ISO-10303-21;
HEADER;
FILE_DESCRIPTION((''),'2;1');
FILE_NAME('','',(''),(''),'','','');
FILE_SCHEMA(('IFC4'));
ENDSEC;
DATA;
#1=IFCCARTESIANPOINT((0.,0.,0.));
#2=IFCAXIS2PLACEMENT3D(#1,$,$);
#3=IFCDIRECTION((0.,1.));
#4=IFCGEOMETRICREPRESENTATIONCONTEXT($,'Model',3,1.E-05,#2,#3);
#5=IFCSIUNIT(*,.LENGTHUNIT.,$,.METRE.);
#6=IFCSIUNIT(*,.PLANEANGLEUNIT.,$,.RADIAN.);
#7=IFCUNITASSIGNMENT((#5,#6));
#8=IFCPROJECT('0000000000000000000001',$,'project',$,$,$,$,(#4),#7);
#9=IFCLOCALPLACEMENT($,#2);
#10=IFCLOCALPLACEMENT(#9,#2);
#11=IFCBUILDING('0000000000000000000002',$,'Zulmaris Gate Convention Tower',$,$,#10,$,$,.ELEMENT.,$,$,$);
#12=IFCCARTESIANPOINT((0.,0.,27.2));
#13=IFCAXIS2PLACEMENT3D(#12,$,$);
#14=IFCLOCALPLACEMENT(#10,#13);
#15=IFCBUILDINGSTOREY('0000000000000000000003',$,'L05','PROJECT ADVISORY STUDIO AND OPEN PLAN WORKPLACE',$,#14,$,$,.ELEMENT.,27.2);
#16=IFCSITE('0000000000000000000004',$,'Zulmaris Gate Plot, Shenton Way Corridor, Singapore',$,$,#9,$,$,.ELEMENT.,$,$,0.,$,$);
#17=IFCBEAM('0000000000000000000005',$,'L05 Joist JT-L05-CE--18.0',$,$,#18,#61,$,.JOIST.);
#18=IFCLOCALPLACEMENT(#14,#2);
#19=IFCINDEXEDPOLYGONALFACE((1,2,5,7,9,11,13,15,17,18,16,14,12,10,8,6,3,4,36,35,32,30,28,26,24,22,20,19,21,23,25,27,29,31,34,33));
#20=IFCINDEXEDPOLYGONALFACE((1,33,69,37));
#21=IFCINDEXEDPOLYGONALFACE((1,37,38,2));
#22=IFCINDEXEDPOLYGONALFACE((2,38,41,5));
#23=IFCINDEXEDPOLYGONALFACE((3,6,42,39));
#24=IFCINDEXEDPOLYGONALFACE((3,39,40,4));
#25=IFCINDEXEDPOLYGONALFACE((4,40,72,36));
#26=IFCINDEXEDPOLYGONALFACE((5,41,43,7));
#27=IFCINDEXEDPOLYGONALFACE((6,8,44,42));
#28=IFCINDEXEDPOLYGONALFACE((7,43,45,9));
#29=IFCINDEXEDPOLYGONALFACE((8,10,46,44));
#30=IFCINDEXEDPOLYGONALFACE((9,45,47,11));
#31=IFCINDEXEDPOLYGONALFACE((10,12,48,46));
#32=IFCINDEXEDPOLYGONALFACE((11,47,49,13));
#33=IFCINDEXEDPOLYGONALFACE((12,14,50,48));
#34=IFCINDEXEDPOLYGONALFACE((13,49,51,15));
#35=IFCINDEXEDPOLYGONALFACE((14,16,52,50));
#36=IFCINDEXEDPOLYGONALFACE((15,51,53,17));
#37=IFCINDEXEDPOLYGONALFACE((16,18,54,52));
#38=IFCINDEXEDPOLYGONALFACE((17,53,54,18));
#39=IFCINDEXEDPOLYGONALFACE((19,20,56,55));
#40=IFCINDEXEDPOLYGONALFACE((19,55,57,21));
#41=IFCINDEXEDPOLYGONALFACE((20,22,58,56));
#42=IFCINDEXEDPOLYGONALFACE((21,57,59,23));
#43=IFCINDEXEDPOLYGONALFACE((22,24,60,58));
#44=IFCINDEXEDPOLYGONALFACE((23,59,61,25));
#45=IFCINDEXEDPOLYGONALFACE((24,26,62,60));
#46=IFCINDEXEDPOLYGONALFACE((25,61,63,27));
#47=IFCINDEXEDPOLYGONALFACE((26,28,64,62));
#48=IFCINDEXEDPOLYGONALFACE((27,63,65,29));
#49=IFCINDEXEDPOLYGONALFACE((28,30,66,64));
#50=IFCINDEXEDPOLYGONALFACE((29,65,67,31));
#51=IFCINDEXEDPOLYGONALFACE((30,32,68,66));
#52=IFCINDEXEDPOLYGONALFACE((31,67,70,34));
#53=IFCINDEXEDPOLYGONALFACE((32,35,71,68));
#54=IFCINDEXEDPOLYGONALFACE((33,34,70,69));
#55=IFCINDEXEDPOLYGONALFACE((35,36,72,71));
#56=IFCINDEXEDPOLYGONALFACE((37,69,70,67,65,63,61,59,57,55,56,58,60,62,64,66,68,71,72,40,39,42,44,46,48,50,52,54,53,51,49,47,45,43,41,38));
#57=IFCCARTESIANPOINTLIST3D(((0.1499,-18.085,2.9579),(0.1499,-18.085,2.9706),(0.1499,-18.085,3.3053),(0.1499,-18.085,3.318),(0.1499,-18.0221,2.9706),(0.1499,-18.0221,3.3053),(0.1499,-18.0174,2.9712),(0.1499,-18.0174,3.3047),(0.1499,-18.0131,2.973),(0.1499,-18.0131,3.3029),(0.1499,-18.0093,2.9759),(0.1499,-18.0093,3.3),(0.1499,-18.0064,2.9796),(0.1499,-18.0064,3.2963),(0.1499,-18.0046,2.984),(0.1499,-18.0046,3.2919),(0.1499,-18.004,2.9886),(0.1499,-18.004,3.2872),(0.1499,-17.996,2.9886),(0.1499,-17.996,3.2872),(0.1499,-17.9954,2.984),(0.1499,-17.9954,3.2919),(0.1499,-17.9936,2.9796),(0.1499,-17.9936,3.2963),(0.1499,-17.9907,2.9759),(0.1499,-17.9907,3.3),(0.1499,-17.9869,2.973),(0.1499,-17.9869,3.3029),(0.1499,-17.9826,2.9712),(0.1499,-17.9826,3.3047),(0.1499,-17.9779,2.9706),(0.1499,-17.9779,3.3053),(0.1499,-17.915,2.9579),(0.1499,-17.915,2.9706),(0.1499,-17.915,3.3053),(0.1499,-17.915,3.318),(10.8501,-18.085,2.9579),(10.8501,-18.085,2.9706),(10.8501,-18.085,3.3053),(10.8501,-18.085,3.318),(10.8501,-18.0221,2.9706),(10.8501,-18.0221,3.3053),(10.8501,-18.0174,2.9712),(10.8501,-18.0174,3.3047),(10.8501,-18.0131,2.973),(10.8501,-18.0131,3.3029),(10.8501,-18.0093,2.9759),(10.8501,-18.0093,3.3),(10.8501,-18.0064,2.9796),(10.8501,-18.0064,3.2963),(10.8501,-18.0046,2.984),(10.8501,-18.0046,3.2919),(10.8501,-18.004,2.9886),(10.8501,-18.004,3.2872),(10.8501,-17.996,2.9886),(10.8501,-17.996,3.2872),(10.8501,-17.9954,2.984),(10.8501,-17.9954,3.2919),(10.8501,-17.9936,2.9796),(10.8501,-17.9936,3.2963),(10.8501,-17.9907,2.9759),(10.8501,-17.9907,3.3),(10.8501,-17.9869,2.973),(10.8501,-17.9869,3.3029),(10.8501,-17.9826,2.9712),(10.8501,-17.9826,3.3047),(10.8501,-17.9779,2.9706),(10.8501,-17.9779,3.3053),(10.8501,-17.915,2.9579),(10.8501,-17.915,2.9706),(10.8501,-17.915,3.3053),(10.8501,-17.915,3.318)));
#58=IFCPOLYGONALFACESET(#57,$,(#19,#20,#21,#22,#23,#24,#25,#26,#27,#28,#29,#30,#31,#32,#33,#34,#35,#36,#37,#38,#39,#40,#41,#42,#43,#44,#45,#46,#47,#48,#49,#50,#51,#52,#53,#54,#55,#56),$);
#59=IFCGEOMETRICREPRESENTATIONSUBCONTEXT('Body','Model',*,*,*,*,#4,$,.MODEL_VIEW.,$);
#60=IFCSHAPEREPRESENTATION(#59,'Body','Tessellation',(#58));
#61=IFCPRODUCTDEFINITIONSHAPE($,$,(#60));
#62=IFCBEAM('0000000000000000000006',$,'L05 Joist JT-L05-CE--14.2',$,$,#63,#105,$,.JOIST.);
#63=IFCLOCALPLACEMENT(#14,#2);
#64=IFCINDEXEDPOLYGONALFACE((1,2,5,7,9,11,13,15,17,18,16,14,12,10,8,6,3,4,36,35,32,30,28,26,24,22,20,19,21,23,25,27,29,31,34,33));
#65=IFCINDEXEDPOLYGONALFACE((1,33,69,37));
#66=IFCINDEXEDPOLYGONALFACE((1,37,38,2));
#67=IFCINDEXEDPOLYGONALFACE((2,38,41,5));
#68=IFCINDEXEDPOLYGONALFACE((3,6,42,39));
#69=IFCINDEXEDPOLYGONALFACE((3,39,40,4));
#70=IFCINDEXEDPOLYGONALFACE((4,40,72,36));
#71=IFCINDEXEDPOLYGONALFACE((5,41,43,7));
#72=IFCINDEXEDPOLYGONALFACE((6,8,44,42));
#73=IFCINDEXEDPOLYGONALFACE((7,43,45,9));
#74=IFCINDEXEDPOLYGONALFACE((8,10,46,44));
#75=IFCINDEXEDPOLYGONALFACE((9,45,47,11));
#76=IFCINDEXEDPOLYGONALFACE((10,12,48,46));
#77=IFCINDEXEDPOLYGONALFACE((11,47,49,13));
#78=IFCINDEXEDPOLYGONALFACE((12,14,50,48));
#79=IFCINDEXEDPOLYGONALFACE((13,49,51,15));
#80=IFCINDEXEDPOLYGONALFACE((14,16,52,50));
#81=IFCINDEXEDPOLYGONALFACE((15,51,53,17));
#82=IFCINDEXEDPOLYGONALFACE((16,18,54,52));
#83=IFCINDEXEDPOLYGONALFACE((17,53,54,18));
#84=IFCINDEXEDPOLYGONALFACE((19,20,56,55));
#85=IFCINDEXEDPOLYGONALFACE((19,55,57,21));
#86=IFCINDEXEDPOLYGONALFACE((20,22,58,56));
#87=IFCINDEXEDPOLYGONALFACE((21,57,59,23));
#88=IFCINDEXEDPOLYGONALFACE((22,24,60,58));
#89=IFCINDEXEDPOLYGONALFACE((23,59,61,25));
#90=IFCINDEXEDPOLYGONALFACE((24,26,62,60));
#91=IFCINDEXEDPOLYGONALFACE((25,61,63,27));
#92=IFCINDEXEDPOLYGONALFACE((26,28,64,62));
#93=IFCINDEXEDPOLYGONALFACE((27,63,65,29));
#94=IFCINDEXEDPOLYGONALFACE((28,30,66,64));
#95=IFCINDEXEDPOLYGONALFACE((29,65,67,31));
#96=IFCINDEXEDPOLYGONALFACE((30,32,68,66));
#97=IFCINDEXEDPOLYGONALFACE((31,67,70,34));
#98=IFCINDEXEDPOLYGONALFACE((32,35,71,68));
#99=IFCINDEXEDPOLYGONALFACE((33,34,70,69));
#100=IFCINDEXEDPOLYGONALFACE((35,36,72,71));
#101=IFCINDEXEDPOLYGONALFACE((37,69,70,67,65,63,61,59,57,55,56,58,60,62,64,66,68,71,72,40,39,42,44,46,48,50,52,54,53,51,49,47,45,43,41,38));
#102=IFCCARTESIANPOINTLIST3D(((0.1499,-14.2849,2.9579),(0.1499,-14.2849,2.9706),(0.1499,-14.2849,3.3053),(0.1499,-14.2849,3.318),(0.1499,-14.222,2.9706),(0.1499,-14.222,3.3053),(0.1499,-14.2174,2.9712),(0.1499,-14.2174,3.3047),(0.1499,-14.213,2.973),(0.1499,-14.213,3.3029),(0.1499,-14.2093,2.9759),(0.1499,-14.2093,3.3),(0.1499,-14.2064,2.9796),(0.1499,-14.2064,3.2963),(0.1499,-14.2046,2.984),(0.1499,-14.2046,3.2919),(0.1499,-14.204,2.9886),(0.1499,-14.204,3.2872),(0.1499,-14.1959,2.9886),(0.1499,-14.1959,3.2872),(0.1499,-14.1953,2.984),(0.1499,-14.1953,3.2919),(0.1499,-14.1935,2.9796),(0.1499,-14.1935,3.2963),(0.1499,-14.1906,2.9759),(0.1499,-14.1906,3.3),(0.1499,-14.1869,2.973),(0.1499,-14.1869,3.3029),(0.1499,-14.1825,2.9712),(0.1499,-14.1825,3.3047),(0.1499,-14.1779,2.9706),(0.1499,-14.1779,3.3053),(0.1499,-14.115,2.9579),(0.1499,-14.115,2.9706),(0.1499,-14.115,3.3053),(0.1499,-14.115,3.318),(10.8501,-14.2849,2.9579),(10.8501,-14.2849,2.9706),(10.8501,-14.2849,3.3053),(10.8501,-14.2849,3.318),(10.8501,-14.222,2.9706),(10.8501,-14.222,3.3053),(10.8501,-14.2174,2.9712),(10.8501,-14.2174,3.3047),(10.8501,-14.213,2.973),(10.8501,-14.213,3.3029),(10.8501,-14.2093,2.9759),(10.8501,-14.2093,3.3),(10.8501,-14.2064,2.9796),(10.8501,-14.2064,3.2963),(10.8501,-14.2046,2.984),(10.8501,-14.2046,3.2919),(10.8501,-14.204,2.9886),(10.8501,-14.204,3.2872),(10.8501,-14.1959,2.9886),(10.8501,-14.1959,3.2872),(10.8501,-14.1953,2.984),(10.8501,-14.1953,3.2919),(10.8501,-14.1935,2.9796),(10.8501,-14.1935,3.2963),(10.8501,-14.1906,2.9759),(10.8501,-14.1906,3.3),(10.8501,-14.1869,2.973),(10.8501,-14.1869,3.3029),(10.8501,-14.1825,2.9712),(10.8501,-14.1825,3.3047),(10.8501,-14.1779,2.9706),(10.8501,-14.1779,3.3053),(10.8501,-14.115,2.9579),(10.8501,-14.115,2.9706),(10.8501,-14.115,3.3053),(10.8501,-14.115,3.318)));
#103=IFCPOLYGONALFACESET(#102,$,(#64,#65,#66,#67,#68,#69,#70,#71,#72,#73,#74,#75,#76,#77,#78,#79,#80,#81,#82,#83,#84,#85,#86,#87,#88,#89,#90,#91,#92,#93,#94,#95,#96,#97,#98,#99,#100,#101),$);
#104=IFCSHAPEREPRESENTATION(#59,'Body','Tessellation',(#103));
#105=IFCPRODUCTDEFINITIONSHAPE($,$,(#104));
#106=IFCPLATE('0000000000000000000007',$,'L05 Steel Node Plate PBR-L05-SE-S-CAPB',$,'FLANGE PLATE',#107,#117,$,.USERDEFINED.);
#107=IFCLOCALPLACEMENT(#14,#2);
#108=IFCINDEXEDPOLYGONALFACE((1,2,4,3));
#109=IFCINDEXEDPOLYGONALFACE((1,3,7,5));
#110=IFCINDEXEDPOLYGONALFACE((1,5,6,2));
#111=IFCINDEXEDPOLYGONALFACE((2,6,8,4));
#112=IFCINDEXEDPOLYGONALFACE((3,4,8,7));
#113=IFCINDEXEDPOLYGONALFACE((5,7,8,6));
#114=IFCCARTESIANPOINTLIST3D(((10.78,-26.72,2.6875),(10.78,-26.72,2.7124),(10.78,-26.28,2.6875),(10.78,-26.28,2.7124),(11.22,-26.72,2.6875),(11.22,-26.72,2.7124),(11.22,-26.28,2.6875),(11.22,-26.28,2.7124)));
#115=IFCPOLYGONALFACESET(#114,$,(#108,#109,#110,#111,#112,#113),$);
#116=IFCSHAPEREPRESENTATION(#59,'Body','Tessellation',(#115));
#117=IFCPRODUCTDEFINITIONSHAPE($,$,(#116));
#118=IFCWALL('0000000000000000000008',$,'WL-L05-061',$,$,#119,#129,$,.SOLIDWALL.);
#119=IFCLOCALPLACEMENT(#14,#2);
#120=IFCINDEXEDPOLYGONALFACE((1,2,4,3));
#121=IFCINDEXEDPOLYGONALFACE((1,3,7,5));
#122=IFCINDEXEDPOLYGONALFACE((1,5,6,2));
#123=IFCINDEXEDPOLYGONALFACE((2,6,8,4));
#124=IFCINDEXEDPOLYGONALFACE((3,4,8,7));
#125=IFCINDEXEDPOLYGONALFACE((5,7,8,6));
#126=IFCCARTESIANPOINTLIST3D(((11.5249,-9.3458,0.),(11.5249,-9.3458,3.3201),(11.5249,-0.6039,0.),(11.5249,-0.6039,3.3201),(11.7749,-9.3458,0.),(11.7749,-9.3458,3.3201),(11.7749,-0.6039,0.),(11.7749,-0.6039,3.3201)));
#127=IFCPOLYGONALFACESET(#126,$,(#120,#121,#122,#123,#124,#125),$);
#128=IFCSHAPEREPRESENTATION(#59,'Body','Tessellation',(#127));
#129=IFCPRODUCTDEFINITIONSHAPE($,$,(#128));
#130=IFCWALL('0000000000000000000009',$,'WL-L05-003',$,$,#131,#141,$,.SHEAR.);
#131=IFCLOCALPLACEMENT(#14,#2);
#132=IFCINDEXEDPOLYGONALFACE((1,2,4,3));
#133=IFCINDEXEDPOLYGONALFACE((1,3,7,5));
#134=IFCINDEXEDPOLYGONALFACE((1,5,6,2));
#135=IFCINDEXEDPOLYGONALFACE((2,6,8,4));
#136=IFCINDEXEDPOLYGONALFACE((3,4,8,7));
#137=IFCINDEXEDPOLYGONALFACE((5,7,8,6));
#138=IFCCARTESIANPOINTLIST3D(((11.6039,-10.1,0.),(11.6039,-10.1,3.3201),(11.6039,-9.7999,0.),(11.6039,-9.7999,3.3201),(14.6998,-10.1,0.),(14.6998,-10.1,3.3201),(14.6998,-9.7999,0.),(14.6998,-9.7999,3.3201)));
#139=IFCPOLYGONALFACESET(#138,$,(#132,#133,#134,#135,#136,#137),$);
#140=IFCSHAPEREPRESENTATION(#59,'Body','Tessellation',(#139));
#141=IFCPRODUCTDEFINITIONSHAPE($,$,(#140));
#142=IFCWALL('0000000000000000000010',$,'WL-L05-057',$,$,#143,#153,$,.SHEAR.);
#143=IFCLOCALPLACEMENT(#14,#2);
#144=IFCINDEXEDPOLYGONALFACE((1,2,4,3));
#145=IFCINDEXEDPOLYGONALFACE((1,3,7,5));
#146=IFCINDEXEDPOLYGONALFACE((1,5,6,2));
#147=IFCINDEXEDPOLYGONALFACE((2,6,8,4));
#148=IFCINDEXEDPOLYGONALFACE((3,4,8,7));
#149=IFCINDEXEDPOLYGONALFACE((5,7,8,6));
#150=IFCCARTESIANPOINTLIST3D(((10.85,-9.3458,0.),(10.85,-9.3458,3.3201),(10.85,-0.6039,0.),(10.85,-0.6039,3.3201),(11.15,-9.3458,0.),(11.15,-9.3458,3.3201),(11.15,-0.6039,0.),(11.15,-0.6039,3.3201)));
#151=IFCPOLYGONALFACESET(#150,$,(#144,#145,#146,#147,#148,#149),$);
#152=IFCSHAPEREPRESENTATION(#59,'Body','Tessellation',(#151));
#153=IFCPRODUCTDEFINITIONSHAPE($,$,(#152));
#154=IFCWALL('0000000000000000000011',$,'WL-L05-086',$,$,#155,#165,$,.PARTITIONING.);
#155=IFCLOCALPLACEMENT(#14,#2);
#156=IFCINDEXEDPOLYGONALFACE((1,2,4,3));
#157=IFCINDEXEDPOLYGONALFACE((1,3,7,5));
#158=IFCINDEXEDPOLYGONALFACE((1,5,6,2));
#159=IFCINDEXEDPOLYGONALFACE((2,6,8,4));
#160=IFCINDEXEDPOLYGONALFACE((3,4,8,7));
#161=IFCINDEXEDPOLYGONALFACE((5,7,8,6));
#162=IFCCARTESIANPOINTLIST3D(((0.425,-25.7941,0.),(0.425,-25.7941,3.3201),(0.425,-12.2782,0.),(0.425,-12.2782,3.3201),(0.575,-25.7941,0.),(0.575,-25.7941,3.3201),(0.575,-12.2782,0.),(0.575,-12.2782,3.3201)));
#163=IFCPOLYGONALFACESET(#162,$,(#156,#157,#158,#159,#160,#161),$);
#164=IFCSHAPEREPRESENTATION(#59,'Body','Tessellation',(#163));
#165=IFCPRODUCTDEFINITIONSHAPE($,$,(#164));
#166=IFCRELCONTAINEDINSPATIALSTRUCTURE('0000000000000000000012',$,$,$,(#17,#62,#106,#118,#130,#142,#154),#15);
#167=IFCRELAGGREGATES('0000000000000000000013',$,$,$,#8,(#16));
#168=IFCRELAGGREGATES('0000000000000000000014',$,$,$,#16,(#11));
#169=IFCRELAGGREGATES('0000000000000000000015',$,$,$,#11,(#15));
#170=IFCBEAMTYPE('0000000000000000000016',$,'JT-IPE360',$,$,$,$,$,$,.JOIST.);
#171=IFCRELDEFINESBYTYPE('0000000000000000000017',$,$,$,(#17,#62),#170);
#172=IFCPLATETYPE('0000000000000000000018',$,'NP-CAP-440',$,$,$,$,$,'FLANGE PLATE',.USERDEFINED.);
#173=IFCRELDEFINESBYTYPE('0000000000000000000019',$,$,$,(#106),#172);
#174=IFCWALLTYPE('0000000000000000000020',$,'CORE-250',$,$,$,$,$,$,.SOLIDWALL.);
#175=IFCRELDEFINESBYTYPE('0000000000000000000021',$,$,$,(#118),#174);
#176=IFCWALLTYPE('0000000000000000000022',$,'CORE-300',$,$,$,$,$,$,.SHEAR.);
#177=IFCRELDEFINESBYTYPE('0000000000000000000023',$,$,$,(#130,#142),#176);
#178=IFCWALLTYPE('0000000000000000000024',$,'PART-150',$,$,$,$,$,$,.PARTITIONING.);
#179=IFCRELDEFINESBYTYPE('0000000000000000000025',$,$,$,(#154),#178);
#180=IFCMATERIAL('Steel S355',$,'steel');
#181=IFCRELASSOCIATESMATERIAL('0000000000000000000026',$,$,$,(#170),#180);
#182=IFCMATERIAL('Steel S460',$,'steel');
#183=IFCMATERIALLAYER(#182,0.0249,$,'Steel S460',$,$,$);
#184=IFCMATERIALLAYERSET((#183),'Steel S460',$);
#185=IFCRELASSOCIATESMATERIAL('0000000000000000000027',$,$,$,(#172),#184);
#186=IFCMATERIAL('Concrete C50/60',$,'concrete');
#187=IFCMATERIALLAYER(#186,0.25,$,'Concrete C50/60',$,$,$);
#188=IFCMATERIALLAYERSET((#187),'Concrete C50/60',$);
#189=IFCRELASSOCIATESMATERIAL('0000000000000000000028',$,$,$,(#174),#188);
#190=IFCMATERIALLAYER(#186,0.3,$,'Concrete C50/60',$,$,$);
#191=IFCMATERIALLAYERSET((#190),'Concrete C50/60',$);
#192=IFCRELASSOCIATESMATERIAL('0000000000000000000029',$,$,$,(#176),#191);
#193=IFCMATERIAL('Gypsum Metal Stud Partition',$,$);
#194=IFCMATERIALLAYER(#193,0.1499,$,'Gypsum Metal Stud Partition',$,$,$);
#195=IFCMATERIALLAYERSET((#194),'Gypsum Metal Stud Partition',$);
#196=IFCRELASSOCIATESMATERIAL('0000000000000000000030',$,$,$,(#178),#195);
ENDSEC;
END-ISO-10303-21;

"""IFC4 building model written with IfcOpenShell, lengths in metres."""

from ifc_helpers import new_model, si_unit, direction, frame, frame_2d, origin, origin_2d, place, context, subcontext, project, spatial, rectangle, i_section, extrude, material, layer, layer_set, material_profile, profile_set, type_object, element, save


model = new_model("IFC4")

# Units and contexts
model_context = context("Model", 3, precision=1e-05, world=origin(), true_north=direction((0.0, 1.0)))
body_context = subcontext(model_context, "Body", "Model", "MODEL_VIEW")
ifc_project = project(units=[si_unit("LENGTHUNIT", "METRE"), si_unit("PLANEANGLEUNIT", "RADIAN")], contexts=[model_context])

# Site, building, storey
site_placement = place(None, origin())
site = spatial("IfcSite", under=ifc_project, at=site_placement, Name="Zulmaris Gate Plot, Shenton Way Corridor, Singapore", CompositionType="ELEMENT", RefElevation=0.0)
building_placement = place(site_placement, origin())
building = spatial("IfcBuilding", under=site, at=building_placement, Name="Zulmaris Gate Convention Tower", CompositionType="ELEMENT")
storey_placement = place(building_placement, frame((0.0, 0.0, 27.2)))
storey = spatial("IfcBuildingStorey", under=building, at=storey_placement, Name="L05", Description="PROJECT ADVISORY STUDIO AND OPEN PLAN WORKPLACE", CompositionType="ELEMENT", Elevation=27.2)

# Beams
ifc_material_1 = material(Name="Steel S355", Category="steel")
ifc_material_profile_1 = material_profile(ifc_material_1, i_section(OverallWidth=0.1699, OverallDepth=0.3601, WebThickness=0.0081, FlangeThickness=0.0127, FilletRadius=0.0181, at=origin_2d()), Name="IPE 360")
ifc_profile_set_1 = profile_set([ifc_material_profile_1], Name="Steel S355")
beam_type_1 = type_object("IfcBeamType", Name="JT-IPE360", PredefinedType="JOIST", material=ifc_profile_set_1)
for number, where, z_axis, x_axis, name in (
    (1, (0.1499, -18.0, 3.1379), (1.0, 0.0, 0.0), (0.0, 1.0, 0.0), "L05 Joist JT-L05-CE--18.0"),
    (2, (0.1499, -14.2, 3.1379), (1.0, 0.0, 0.0), (0.0, 1.0, 0.0), "L05 Joist JT-L05-CE--14.2"),
):
    element("IfcBeam", number, at=place(storey_placement, frame(where, z_axis=z_axis, x_axis=x_axis)), inside=storey, type_object=beam_type_1, Name=name, PredefinedType="JOIST", context=body_context, shape_type="SweptSolid", body=[
        extrude(i_section(OverallWidth=0.1699, OverallDepth=0.3601, WebThickness=0.0081, FlangeThickness=0.0127, FilletRadius=0.0181, at=origin_2d()), origin(), (0.0, 0.0, 1.0), 10.7002),
    ])

# Plate
ifc_material_2 = material(Name="Steel S460", Category="steel")
ifc_layer_1 = layer(ifc_material_2, 0.0249, Name="Steel S460")
ifc_layer_set_1 = layer_set([ifc_layer_1], Name="Steel S460")
plate_type = type_object("IfcPlateType", Name="NP-CAP-440", ElementType="FLANGE PLATE", PredefinedType="USERDEFINED", material=ifc_layer_set_1)
plate_placement = place(storey_placement, frame((11.0, -26.5, 2.6875), z_axis=(0.0, 0.0, 1.0), x_axis=(1.0, 0.0, 0.0)))
element("IfcPlate", 3, at=plate_placement, inside=storey, type_object=plate_type, Name="L05 Steel Node Plate PBR-L05-SE-S-CAPB", ObjectType="FLANGE PLATE", PredefinedType="USERDEFINED", context=body_context, shape_type="SweptSolid", body=[
    extrude(rectangle(XDim=0.4399, YDim=0.4399, at=origin_2d()), origin(), (0.0, 0.0, 1.0), 0.0249),
])

# Walls
ifc_material_3 = material(Name="Concrete C50/60", Category="concrete")
ifc_layer_2 = layer(ifc_material_3, 0.25, Name="Concrete C50/60")
ifc_layer_set_2 = layer_set([ifc_layer_2], Name="Concrete C50/60")
wall_type_1 = type_object("IfcWallType", Name="CORE-250", PredefinedType="SOLIDWALL", material=ifc_layer_set_2)
wall_1_placement = place(storey_placement, frame((11.6499, -9.3459, 0.0), z_axis=(0.0, 0.0, 1.0), x_axis=(0.0, 1.0, 0.0)))
element("IfcWall", 4, at=wall_1_placement, inside=storey, type_object=wall_type_1, Name="WL-L05-061", PredefinedType="SOLIDWALL", context=body_context, shape_type="SweptSolid", body=[
    extrude(rectangle(XDim=8.7419, YDim=0.25, at=frame_2d((4.3711, 0.0))), origin(), (0.0, 0.0, 1.0), 3.3201),
])
ifc_layer_3 = layer(ifc_material_3, 0.3, Name="Concrete C50/60")
ifc_layer_set_3 = layer_set([ifc_layer_3], Name="Concrete C50/60")
wall_type_2 = type_object("IfcWallType", Name="CORE-300", PredefinedType="SHEAR", material=ifc_layer_set_3)
wall_2_placement = place(storey_placement, frame((11.604, -9.95, 0.0), z_axis=(0.0, 0.0, 1.0), x_axis=(1.0, 0.0, 0.0)))
element("IfcWall", 5, at=wall_2_placement, inside=storey, type_object=wall_type_2, Name="WL-L05-003", PredefinedType="SHEAR", context=body_context, shape_type="SweptSolid", body=[
    extrude(rectangle(XDim=3.0959, YDim=0.3, at=frame_2d((1.5479, 0.0))), origin(), (0.0, 0.0, 1.0), 3.3201),
])
wall_3_placement = place(storey_placement, frame((11.0, -9.3459, 0.0), z_axis=(0.0, 0.0, 1.0), x_axis=(0.0, 1.0, 0.0)))
element("IfcWall", 6, at=wall_3_placement, inside=storey, type_object=wall_type_2, Name="WL-L05-057", PredefinedType="SHEAR", context=body_context, shape_type="SweptSolid", body=[
    extrude(rectangle(XDim=8.7419, YDim=0.3, at=frame_2d((4.3711, 0.0))), origin(), (0.0, 0.0, 1.0), 3.3201),
])
ifc_material_4 = material(Name="Gypsum Metal Stud Partition")
ifc_layer_4 = layer(ifc_material_4, 0.1499, Name="Gypsum Metal Stud Partition")
ifc_layer_set_4 = layer_set([ifc_layer_4], Name="Gypsum Metal Stud Partition")
wall_type_3 = type_object("IfcWallType", Name="PART-150", PredefinedType="PARTITIONING", material=ifc_layer_set_4)
wall_4_placement = place(storey_placement, frame((0.5, -25.7939, 0.0), z_axis=(0.0, 0.0, 1.0), x_axis=(0.0, 1.0, 0.0)))
element("IfcWall", 7, at=wall_4_placement, inside=storey, type_object=wall_type_3, Name="WL-L05-086", PredefinedType="PARTITIONING", context=body_context, shape_type="SweptSolid", body=[
    extrude(rectangle(XDim=13.5159, YDim=0.1499, at=frame_2d((6.7578, 0.0))), origin(), (0.0, 0.0, 1.0), 3.3201),
])

save(model, "model.ifc")
